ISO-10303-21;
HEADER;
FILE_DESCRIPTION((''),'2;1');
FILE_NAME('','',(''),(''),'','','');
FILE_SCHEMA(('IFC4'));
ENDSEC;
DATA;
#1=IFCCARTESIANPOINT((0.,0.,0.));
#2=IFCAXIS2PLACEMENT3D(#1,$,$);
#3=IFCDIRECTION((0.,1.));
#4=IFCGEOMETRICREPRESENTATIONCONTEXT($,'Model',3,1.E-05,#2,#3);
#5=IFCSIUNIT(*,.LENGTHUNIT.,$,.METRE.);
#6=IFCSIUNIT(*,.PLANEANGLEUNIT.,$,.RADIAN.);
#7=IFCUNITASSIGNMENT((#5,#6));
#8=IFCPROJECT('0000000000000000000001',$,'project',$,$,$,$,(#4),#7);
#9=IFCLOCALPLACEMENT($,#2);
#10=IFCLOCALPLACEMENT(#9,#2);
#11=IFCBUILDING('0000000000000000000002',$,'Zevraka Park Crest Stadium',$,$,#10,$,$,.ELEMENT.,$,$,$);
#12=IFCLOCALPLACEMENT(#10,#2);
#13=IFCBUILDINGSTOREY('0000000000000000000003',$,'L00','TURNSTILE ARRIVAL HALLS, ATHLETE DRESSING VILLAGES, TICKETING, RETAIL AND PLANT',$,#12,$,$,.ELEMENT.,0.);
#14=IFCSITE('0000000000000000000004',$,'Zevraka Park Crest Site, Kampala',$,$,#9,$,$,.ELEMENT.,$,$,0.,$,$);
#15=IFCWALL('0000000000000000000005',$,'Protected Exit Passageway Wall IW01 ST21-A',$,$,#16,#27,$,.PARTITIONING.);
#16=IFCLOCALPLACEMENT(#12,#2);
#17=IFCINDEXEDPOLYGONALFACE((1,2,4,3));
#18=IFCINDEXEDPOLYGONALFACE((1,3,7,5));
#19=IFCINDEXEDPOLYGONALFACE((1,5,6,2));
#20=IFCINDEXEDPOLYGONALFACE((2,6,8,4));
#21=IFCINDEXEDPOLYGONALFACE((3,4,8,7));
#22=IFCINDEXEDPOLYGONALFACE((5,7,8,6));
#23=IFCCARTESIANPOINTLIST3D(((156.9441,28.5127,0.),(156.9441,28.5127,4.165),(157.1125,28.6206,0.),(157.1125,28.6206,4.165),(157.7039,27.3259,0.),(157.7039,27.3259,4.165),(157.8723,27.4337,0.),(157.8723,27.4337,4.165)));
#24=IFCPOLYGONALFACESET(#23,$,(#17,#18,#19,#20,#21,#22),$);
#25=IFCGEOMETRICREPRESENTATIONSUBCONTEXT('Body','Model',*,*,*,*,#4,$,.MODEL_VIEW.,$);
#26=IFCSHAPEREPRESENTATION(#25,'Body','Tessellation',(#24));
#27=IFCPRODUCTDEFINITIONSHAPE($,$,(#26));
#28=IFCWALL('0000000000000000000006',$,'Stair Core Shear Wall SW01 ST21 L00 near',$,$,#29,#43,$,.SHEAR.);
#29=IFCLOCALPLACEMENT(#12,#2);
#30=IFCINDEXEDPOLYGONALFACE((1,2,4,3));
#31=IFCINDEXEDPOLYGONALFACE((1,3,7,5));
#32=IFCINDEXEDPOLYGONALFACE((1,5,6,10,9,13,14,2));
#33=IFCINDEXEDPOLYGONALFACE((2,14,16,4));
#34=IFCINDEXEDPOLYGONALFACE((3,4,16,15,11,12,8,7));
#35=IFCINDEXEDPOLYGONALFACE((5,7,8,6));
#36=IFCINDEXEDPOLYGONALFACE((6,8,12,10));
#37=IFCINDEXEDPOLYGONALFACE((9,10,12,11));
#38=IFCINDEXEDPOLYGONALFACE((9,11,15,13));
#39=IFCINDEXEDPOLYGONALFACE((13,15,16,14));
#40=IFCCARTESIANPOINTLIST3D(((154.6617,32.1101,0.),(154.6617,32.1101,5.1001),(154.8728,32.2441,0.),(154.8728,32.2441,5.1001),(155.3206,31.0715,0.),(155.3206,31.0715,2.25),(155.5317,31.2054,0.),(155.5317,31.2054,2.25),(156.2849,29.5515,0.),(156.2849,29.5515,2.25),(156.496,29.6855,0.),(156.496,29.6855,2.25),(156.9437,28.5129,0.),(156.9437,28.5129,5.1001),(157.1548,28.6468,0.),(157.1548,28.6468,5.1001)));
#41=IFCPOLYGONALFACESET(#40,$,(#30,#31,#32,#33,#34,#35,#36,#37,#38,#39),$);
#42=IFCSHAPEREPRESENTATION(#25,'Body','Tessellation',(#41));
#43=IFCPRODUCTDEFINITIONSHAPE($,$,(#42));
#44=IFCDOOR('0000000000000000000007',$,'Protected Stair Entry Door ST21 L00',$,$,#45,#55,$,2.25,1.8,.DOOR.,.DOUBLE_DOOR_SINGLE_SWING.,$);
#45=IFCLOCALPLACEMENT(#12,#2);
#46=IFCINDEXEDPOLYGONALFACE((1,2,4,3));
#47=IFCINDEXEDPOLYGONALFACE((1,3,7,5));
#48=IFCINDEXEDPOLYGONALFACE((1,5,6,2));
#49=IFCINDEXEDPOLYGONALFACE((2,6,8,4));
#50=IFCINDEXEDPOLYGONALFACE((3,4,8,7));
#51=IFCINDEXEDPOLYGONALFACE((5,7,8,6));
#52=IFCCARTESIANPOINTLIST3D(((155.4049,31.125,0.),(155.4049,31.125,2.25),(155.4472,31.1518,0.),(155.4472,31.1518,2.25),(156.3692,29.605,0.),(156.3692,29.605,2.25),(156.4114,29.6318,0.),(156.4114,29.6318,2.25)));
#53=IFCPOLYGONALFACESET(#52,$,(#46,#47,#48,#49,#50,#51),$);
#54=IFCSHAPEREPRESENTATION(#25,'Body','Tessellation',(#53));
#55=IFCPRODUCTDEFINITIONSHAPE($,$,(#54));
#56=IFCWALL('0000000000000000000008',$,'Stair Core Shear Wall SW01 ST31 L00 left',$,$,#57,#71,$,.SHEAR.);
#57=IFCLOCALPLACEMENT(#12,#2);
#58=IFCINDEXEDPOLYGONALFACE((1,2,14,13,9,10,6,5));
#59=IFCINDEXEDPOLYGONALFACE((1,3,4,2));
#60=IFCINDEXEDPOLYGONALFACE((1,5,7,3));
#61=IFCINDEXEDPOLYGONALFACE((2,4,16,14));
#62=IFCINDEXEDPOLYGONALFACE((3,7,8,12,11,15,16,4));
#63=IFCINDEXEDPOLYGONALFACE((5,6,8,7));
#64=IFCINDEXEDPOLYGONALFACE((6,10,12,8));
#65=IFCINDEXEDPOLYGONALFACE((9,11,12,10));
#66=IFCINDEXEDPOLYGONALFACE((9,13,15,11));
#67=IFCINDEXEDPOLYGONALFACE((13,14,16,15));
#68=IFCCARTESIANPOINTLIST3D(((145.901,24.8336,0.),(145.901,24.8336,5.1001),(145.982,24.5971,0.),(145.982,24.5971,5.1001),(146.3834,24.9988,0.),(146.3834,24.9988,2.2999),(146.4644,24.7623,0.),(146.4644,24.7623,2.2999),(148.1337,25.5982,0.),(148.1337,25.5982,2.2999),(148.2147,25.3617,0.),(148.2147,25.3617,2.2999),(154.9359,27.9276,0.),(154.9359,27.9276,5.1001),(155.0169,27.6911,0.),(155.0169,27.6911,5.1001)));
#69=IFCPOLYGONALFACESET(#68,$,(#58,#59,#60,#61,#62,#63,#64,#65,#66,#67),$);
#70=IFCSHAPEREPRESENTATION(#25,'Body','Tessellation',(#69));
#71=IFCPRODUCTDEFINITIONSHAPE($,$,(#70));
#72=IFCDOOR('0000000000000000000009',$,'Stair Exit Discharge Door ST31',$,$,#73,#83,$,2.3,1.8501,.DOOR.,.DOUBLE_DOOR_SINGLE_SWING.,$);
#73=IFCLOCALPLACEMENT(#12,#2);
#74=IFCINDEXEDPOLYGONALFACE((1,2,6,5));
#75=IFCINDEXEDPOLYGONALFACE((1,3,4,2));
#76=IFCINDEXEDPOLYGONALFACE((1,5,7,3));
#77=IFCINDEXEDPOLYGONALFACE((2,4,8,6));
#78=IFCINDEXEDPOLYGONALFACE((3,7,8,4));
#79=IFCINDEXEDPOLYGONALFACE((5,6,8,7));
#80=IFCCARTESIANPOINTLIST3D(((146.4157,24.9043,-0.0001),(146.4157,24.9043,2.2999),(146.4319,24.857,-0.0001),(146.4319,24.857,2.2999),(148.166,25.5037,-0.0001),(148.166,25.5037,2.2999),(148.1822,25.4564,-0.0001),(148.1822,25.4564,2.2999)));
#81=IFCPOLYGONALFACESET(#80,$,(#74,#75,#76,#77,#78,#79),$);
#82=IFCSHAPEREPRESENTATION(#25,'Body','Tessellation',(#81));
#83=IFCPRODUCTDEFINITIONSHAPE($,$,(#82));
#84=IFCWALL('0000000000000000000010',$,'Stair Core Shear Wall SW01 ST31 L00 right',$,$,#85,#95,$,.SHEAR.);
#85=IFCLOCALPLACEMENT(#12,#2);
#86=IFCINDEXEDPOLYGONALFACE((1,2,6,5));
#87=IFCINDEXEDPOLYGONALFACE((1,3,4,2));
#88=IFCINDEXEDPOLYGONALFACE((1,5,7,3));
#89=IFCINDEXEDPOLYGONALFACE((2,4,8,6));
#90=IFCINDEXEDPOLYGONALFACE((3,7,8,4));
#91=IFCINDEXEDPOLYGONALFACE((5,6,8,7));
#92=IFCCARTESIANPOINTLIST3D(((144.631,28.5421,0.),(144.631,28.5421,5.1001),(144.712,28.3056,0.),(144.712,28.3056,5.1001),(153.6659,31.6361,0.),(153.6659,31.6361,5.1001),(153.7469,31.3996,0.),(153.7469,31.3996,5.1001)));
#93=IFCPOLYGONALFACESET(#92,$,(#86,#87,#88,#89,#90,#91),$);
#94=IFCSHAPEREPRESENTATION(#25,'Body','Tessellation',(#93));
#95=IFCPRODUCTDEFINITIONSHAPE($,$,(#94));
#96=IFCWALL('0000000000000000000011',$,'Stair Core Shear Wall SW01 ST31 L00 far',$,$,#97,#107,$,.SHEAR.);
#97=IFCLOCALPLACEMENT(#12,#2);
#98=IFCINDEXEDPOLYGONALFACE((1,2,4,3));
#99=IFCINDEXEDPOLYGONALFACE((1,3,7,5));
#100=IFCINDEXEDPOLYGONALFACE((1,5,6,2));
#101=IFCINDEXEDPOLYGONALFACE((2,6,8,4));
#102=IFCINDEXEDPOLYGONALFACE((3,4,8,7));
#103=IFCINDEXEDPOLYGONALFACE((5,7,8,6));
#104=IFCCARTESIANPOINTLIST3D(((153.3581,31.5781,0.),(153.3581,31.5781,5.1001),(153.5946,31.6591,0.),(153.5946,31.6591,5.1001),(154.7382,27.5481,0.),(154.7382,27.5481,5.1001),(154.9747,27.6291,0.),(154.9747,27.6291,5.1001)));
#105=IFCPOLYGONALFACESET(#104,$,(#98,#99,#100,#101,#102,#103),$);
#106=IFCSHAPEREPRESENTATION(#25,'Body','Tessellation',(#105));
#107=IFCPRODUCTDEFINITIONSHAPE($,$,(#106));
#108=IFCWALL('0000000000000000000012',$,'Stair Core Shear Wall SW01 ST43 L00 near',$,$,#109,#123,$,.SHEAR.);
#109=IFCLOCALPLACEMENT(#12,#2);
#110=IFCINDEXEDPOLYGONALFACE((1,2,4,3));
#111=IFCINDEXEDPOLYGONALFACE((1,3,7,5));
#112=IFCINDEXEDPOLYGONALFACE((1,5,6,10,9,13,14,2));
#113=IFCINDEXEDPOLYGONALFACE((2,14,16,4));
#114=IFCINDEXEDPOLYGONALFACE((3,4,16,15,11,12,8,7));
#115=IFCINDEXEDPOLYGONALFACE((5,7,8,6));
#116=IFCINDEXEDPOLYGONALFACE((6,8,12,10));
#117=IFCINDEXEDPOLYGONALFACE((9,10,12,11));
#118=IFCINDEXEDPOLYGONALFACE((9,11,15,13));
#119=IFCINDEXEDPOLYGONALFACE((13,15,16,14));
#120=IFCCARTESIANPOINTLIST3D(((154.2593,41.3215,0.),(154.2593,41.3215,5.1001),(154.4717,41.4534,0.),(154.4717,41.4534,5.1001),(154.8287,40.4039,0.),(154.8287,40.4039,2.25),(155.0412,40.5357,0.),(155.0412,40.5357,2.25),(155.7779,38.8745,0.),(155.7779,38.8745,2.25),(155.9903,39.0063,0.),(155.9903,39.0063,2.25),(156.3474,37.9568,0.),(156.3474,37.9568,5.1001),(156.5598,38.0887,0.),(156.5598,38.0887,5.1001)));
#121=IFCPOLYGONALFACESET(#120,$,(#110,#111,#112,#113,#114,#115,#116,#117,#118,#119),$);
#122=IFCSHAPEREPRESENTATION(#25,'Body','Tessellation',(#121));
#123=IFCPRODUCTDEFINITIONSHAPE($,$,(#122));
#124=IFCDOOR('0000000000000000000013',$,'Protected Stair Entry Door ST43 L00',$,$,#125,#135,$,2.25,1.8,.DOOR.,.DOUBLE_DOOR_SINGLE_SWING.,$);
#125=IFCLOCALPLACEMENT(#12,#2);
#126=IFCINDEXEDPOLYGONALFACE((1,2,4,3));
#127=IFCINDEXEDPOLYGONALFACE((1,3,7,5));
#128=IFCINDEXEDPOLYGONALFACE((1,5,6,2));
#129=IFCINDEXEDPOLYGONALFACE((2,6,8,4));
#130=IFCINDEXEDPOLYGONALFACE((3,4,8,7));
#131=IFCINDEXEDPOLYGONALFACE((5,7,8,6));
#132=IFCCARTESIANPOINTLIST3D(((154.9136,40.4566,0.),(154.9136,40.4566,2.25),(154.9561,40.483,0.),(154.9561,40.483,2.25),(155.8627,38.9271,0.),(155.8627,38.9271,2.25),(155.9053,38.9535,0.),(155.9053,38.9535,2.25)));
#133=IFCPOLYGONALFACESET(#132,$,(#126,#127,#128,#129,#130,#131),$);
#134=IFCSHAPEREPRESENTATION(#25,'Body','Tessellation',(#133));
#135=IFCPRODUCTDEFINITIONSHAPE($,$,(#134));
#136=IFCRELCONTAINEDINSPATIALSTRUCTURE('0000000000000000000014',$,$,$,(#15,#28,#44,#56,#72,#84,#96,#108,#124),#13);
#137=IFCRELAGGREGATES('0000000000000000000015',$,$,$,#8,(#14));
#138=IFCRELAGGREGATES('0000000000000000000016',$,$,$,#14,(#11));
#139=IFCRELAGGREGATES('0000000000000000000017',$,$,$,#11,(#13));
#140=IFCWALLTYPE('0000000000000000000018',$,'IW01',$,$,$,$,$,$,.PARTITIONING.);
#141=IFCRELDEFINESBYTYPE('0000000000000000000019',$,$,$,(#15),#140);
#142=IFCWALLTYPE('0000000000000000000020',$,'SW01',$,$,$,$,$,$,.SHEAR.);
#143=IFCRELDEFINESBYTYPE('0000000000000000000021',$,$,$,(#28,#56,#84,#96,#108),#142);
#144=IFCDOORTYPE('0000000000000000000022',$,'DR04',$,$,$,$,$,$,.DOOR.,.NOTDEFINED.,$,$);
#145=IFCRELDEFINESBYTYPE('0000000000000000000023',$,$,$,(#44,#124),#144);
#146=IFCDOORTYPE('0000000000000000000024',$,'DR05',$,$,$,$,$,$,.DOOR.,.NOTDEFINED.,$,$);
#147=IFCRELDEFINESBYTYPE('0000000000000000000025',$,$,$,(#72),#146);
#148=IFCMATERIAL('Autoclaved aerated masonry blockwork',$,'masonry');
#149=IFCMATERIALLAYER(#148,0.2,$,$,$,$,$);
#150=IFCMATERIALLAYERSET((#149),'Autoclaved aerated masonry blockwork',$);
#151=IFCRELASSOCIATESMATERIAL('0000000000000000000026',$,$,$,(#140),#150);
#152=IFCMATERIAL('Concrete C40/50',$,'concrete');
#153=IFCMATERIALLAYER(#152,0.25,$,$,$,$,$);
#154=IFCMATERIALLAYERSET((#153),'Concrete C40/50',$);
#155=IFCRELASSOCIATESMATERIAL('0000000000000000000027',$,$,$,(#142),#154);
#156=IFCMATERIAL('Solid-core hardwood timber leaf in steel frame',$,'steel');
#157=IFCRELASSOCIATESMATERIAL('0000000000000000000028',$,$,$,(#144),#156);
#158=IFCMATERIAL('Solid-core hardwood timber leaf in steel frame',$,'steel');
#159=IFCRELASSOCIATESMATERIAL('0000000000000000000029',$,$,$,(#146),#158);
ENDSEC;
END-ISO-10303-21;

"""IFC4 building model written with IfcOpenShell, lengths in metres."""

from ifc_helpers import new_model, si_unit, direction, frame, frame_2d, origin, place, context, subcontext, project, spatial, rectangle, extrude, material, layer, layer_set, type_object, element, fill, save


model = new_model("IFC4")

# Units and contexts
model_context = context("Model", 3, precision=1e-05, world=origin(), true_north=direction((0.0, 1.0)))
body_context = subcontext(model_context, "Body", "Model", "MODEL_VIEW")
ifc_project = project(units=[si_unit("LENGTHUNIT", "METRE"), si_unit("PLANEANGLEUNIT", "RADIAN")], contexts=[model_context])

# Site, building, storey
site_placement = place(None, origin())
site = spatial("IfcSite", under=ifc_project, at=site_placement, Name="Zevraka Park Crest Site, Kampala", CompositionType="ELEMENT", RefElevation=0.0)
building_placement = place(site_placement, origin())
building = spatial("IfcBuilding", under=site, at=building_placement, Name="Zevraka Park Crest Stadium", CompositionType="ELEMENT")
storey_placement = place(building_placement, origin())
storey = spatial("IfcBuildingStorey", under=building, at=storey_placement, Name="L00", Description="TURNSTILE ARRIVAL HALLS, ATHLETE DRESSING VILLAGES, TICKETING, RETAIL AND PLANT", CompositionType="ELEMENT", Elevation=0.0)

# Wall
ifc_material_1 = material(Name="Autoclaved aerated masonry blockwork", Category="masonry")
ifc_layer_1 = layer(ifc_material_1, 0.2)
ifc_layer_set_1 = layer_set([ifc_layer_1], Name="Autoclaved aerated masonry blockwork")
wall_type_1 = type_object("IfcWallType", Name="IW01", PredefinedType="PARTITIONING", material=ifc_layer_set_1)
wall_1_placement = place(storey_placement, frame((157.0283, 28.5667, 0.0), z_axis=(0.0, 0.0, 1.0), x_axis=(0.539172, -0.842196, 0.0)))
element("IfcWall", 1, at=wall_1_placement, inside=storey, type_object=wall_type_1, Name="Protected Exit Passageway Wall IW01 ST21-A", PredefinedType="PARTITIONING", context=body_context, shape_type="SweptSolid", body=[
    extrude(rectangle(XDim=1.4092, YDim=0.2, at=frame_2d((0.7046, 0.0))), origin(), (0.0, 0.0, 1.0), 4.165),
])

# Walls, openings, doors
ifc_material_2 = material(Name="Concrete C40/50", Category="concrete")
ifc_layer_2 = layer(ifc_material_2, 0.25)
ifc_layer_set_2 = layer_set([ifc_layer_2], Name="Concrete C40/50")
wall_type_2 = type_object("IfcWallType", Name="SW01", PredefinedType="SHEAR", material=ifc_layer_set_2)
wall_2_placement = place(storey_placement, frame((154.7673, 32.177, 0.0), z_axis=(0.0, 0.0, 1.0), x_axis=(0.535685, -0.844418, 0.0)))
wall_2 = element("IfcWall", 2, at=wall_2_placement, inside=storey, type_object=wall_type_2, Name="Stair Core Shear Wall SW01 ST21 L00 near", PredefinedType="SHEAR", context=body_context, shape_type="SweptSolid", body=[
    extrude(rectangle(XDim=4.26, YDim=0.25, at=frame_2d((2.1299, 0.0))), origin(), (0.0, 0.0, 1.0), 5.1001),
])
opening_1_placement = place(wall_2_placement, frame((1.23, 0.0, 0.0)))
opening_1 = element("IfcOpeningElement", 3, at=opening_1_placement, cuts=wall_2, PredefinedType="OPENING", context=body_context, shape_type="SweptSolid", body=[
    extrude(rectangle(XDim=1.8, YDim=2.25, at=frame_2d((0.8999, 1.125))), frame((0.0, 0.135, 0.0), z_axis=(0.0, -1.0, 0.0), x_axis=(1.0, 0.0, 0.0)), (0.0, 0.0, 1.0), 0.27),
])
ifc_material_3 = material(Name="Solid-core hardwood timber leaf in steel frame", Category="steel")
door_type_1 = type_object("IfcDoorType", Name="DR04", OperationType="NOTDEFINED", PredefinedType="DOOR", material=ifc_material_3)
door_1_placement = place(opening_1_placement, origin())
door_1 = element("IfcDoor", 4, at=door_1_placement, inside=storey, type_object=door_type_1, Name="Protected Stair Entry Door ST21 L00", OperationType="DOUBLE_DOOR_SINGLE_SWING", OverallHeight=2.25, OverallWidth=1.8, PredefinedType="DOOR", context=body_context, shape_type="SweptSolid", body=[
    extrude(rectangle(XDim=1.8, YDim=2.25, at=frame_2d((0.8999, 1.125))), frame((0.0, 0.0249, 0.0), z_axis=(0.0, -1.0, 0.0), x_axis=(1.0, 0.0, 0.0)), (0.0, 0.0, 1.0), 0.05),
])
fill(opening_1, door_1)
wall_3_placement = place(storey_placement, frame((154.9763, 27.8093, 0.0), z_axis=(0.0, 0.0, 1.0), x_axis=(-0.946064, -0.323979, 0.0)))
wall_3 = element("IfcWall", 5, at=wall_3_placement, inside=storey, type_object=wall_type_2, Name="Stair Core Shear Wall SW01 ST31 L00 left", PredefinedType="SHEAR", context=body_context, shape_type="SweptSolid", body=[
    extrude(rectangle(XDim=9.55, YDim=0.25, at=frame_2d((4.7749, 0.0))), origin(), (0.0, 0.0, 1.0), 5.1001),
])
opening_2_placement = place(wall_3_placement, frame((7.1899, 0.0, 0.0)))
opening_2 = element("IfcOpeningElement", 6, at=opening_2_placement, cuts=wall_3, PredefinedType="OPENING", context=body_context, shape_type="SweptSolid", body=[
    extrude(rectangle(XDim=1.8501, YDim=2.3, at=frame_2d((0.925, 1.1499))), frame((0.0, 0.135, 0.0), z_axis=(0.0, -1.0, 0.0), x_axis=(1.0, 0.0, 0.0)), (0.0, 0.0, 1.0), 0.27),
])
ifc_material_4 = material(Name="Solid-core hardwood timber leaf in steel frame", Category="steel")
door_type_2 = type_object("IfcDoorType", Name="DR05", OperationType="NOTDEFINED", PredefinedType="DOOR", material=ifc_material_4)
door_2_placement = place(opening_2_placement, origin())
door_2 = element("IfcDoor", 7, at=door_2_placement, inside=storey, type_object=door_type_2, Name="Stair Exit Discharge Door ST31", OperationType="DOUBLE_DOOR_SINGLE_SWING", OverallHeight=2.3, OverallWidth=1.8501, PredefinedType="DOOR", context=body_context, shape_type="SweptSolid", body=[
    extrude(rectangle(XDim=1.8501, YDim=2.3, at=frame_2d((0.925, 1.1499))), frame((0.0, 0.0249, 0.0), z_axis=(0.0, -1.0, 0.0), x_axis=(1.0, 0.0, 0.0)), (0.0, 0.0, 1.0), 0.05),
])
fill(opening_2, door_2)

# Walls
wall_4_placement = place(storey_placement, frame((153.7063, 31.5178, 0.0), z_axis=(0.0, 0.0, 1.0), x_axis=(-0.946064, -0.323979, 0.0)))
element("IfcWall", 8, at=wall_4_placement, inside=storey, type_object=wall_type_2, Name="Stair Core Shear Wall SW01 ST31 L00 right", PredefinedType="SHEAR", context=body_context, shape_type="SweptSolid", body=[
    extrude(rectangle(XDim=9.55, YDim=0.25, at=frame_2d((4.7749, 0.0))), origin(), (0.0, 0.0, 1.0), 5.1001),
])
wall_5_placement = place(storey_placement, frame((154.8564, 27.5886, 0.0), z_axis=(0.0, 0.0, 1.0), x_axis=(-0.323989, 0.946061, 0.0)))
element("IfcWall", 9, at=wall_5_placement, inside=storey, type_object=wall_type_2, Name="Stair Core Shear Wall SW01 ST31 L00 far", PredefinedType="SHEAR", context=body_context, shape_type="SweptSolid", body=[
    extrude(rectangle(XDim=4.2598, YDim=0.25, at=frame_2d((2.1299, 0.0))), origin(), (0.0, 0.0, 1.0), 5.1001),
])

# Wall, opening, door
wall_6_placement = place(storey_placement, frame((154.3655, 41.3875, 0.0), z_axis=(0.0, 0.0, 1.0), x_axis=(0.527303, -0.849677, 0.0)))
wall_6 = element("IfcWall", 10, at=wall_6_placement, inside=storey, type_object=wall_type_2, Name="Stair Core Shear Wall SW01 ST43 L00 near", PredefinedType="SHEAR", context=body_context, shape_type="SweptSolid", body=[
    extrude(rectangle(XDim=3.96, YDim=0.25, at=frame_2d((1.98, 0.0))), origin(), (0.0, 0.0, 1.0), 5.1001),
])
opening_3_placement = place(wall_6_placement, frame((1.0801, 0.0, 0.0)))
opening_3 = element("IfcOpeningElement", 11, at=opening_3_placement, cuts=wall_6, PredefinedType="OPENING", context=body_context, shape_type="SweptSolid", body=[
    extrude(rectangle(XDim=1.8, YDim=2.25, at=frame_2d((0.8999, 1.125))), frame((0.0, 0.135, 0.0), z_axis=(0.0, -1.0, 0.0), x_axis=(1.0, 0.0, 0.0)), (0.0, 0.0, 1.0), 0.27),
])
door_3_placement = place(opening_3_placement, origin())
door_3 = element("IfcDoor", 12, at=door_3_placement, inside=storey, type_object=door_type_1, Name="Protected Stair Entry Door ST43 L00", OperationType="DOUBLE_DOOR_SINGLE_SWING", OverallHeight=2.25, OverallWidth=1.8, PredefinedType="DOOR", context=body_context, shape_type="SweptSolid", body=[
    extrude(rectangle(XDim=1.8, YDim=2.25, at=frame_2d((0.8999, 1.125))), frame((0.0, 0.0249, 0.0), z_axis=(0.0, -1.0, 0.0), x_axis=(1.0, 0.0, 0.0)), (0.0, 0.0, 1.0), 0.05),
])
fill(opening_3, door_3)

save(model, "model.ifc")
